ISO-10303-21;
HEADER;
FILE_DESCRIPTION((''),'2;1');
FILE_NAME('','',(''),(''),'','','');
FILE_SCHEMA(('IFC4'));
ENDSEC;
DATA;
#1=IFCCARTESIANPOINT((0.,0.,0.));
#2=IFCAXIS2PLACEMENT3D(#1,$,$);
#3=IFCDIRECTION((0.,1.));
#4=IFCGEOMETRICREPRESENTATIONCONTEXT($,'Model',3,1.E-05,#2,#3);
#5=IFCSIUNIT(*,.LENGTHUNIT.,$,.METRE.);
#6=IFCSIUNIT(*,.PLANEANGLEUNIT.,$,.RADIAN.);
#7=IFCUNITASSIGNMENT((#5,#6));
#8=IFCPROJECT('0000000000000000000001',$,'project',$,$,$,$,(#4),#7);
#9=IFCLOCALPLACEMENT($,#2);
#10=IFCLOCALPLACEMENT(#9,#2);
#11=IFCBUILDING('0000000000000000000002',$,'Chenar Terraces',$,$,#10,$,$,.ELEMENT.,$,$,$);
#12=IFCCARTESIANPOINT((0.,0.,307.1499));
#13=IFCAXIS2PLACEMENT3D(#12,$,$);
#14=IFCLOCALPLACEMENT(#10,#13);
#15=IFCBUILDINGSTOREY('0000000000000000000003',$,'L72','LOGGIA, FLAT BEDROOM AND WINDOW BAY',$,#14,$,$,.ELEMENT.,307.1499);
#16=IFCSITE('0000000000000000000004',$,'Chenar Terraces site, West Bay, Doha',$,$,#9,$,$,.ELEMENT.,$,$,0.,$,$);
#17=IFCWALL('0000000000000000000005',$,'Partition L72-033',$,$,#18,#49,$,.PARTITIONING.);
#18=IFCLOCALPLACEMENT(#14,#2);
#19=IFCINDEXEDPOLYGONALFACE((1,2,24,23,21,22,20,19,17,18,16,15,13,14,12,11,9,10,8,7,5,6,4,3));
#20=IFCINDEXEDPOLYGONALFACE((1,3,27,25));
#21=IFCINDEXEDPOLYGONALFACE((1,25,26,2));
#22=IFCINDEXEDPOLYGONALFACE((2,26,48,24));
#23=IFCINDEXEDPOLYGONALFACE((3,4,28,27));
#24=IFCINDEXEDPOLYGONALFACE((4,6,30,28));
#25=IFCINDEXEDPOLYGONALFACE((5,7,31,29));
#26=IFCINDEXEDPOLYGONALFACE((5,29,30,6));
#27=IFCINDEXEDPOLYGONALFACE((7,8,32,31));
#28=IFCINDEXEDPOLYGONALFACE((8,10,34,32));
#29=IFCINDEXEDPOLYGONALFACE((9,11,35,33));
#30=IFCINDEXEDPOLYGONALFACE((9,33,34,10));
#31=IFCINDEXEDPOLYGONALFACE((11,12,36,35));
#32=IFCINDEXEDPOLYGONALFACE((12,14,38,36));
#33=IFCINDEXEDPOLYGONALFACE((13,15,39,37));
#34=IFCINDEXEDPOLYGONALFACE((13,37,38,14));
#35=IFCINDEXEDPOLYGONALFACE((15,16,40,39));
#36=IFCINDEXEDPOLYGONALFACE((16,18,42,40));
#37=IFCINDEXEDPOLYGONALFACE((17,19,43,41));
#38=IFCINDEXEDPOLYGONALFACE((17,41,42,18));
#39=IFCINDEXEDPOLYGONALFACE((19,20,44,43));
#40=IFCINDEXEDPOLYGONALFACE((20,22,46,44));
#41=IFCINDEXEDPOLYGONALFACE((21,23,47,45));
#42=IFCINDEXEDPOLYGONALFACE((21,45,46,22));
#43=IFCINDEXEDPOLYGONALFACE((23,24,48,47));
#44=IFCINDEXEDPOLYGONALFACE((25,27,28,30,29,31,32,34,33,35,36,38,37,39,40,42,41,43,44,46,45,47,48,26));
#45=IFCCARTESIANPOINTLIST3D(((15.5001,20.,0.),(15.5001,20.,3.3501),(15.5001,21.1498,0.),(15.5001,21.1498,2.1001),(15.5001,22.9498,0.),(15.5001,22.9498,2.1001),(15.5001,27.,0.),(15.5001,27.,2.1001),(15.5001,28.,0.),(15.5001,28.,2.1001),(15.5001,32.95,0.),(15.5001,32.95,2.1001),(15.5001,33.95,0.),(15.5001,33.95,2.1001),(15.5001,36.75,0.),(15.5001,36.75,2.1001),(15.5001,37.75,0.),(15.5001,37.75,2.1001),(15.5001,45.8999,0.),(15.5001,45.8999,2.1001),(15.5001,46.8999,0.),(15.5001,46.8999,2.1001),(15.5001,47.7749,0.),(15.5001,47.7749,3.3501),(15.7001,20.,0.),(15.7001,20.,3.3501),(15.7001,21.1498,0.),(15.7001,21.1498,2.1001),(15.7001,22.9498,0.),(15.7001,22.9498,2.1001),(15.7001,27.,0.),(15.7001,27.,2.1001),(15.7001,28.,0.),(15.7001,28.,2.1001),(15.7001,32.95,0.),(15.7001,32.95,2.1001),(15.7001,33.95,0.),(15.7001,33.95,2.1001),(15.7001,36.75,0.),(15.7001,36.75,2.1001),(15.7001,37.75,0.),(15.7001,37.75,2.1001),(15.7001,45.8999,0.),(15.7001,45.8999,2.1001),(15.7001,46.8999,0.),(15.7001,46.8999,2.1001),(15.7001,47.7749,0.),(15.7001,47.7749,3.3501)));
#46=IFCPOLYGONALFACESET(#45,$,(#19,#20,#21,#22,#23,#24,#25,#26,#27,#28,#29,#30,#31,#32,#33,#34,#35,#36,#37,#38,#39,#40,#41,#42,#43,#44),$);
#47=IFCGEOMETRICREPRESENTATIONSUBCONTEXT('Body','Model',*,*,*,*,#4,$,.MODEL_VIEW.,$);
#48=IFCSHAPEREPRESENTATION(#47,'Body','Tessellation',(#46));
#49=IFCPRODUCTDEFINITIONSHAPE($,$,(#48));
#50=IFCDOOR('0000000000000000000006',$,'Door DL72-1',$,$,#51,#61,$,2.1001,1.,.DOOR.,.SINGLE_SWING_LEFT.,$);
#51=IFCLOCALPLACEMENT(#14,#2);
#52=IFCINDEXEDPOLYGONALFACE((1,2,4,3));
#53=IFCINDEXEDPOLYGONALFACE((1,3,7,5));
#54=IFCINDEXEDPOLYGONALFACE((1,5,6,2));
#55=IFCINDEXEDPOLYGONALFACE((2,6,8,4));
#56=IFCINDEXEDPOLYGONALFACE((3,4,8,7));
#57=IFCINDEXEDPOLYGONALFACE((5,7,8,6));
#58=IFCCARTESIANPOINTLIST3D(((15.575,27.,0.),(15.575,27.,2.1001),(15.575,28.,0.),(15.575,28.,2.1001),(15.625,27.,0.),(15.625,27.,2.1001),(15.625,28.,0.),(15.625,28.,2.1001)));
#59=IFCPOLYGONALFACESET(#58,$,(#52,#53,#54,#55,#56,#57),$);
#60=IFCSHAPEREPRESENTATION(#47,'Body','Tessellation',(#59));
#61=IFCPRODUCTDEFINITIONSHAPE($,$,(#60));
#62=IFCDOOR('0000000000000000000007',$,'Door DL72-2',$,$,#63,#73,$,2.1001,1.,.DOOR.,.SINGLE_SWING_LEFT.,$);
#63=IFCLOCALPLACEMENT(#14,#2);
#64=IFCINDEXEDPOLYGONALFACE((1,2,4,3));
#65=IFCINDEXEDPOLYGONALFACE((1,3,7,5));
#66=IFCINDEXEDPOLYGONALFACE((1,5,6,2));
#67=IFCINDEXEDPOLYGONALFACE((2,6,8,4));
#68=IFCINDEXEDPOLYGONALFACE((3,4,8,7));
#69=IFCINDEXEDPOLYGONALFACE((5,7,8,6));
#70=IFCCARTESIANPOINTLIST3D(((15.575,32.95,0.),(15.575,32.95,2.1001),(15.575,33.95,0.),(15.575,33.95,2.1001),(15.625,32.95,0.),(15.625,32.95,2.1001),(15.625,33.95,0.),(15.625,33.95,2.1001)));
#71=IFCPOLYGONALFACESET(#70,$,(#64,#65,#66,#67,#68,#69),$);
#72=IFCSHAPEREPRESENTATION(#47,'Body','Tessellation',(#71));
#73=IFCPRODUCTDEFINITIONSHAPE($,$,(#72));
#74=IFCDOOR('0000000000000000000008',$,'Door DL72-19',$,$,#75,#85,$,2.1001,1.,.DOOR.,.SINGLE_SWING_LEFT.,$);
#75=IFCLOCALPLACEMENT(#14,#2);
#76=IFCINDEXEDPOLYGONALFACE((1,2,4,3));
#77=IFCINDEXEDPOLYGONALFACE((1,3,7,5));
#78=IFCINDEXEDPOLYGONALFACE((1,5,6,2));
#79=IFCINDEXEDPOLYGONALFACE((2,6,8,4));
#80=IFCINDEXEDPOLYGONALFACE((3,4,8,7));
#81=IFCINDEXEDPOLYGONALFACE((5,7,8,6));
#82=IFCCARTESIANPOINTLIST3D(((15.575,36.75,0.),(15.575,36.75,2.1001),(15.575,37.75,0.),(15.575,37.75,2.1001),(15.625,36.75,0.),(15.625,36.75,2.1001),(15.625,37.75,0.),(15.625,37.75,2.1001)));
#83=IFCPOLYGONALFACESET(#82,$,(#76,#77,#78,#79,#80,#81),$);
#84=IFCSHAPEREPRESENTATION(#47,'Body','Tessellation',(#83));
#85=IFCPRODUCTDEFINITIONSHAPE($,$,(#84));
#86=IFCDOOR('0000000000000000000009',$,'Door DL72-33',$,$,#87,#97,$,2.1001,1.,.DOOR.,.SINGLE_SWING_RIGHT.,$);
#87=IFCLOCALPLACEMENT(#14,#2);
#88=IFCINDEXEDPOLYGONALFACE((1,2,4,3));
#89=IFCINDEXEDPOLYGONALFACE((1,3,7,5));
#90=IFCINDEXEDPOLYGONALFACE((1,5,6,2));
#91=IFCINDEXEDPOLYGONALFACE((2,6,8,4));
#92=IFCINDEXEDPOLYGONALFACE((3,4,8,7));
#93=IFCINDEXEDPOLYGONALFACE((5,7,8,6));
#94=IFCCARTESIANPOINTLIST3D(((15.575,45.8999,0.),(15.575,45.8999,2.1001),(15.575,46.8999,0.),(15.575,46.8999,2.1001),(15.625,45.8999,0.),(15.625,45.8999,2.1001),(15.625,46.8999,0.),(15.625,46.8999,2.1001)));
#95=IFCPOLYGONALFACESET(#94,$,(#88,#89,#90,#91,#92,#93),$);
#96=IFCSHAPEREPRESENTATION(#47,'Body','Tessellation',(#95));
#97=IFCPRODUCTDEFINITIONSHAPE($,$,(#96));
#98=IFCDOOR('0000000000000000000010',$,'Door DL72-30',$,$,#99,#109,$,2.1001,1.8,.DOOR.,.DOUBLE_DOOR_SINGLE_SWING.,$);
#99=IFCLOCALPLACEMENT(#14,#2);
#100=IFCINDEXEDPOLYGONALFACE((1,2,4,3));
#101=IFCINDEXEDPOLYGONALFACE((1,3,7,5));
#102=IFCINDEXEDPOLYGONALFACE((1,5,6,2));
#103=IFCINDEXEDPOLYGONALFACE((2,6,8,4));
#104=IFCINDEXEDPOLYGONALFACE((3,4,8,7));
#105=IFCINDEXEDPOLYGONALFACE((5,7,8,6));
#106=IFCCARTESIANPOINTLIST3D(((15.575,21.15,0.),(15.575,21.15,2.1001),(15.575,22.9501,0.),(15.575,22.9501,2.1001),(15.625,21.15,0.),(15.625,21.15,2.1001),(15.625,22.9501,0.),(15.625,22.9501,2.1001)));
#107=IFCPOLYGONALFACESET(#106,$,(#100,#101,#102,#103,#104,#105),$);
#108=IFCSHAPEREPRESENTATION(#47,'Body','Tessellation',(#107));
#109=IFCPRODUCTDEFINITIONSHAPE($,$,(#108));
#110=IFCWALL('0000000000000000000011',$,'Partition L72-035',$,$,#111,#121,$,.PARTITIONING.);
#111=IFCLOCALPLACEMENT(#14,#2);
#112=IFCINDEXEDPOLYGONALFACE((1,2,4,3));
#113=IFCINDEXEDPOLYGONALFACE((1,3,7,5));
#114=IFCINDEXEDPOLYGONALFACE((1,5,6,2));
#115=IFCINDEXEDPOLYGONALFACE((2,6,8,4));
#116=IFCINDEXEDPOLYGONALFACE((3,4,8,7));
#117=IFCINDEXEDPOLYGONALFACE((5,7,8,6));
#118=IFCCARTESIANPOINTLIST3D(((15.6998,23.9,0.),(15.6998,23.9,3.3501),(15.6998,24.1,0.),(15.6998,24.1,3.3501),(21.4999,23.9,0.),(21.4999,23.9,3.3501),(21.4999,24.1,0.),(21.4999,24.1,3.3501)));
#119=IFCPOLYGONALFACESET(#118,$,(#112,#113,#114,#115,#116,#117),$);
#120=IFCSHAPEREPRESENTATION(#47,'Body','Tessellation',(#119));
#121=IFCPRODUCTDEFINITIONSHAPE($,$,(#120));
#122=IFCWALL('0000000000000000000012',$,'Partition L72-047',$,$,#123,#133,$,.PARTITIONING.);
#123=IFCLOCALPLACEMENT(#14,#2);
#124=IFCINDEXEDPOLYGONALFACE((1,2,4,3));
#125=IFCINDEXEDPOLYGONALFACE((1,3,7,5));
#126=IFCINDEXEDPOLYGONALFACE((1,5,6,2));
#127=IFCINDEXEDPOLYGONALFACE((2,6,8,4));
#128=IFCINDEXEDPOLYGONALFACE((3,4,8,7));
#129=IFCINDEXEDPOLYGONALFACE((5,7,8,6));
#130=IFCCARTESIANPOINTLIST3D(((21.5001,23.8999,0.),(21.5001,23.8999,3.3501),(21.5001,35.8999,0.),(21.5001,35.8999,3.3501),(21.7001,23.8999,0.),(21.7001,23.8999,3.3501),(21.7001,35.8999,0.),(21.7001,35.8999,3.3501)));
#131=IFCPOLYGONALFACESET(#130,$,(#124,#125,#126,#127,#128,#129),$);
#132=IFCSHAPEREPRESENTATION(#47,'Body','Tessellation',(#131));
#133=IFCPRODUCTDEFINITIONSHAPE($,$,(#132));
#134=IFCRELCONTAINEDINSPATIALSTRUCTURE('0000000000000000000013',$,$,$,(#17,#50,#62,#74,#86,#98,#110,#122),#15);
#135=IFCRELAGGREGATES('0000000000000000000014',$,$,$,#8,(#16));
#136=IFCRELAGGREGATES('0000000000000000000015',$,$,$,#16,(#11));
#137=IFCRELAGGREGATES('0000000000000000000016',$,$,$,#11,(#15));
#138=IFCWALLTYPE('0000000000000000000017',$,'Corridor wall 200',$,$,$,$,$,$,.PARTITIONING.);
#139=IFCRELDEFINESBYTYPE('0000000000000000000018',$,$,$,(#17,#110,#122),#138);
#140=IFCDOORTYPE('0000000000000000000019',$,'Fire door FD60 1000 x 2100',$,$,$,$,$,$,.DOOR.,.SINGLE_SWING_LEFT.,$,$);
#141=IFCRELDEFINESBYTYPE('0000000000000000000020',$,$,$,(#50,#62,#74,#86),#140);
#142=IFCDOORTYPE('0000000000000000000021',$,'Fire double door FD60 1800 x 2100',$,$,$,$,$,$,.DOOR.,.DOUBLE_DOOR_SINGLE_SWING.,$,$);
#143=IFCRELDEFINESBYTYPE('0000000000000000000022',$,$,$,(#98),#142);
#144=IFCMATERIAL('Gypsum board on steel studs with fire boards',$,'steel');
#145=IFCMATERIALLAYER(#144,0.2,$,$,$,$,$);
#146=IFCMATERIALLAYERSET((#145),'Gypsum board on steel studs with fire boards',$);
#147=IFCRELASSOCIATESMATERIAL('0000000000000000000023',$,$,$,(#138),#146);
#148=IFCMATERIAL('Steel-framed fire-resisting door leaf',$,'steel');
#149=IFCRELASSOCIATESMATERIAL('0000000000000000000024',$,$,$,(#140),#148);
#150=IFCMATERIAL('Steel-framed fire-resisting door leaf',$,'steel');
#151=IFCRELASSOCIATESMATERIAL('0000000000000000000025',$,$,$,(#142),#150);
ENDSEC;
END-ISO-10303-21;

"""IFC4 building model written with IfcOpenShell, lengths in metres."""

from ifc_helpers import new_model, si_unit, direction, frame, frame_2d, origin, place, context, subcontext, project, spatial, rectangle, extrude, material, layer, layer_set, type_object, element, fill, save


model = new_model("IFC4")

# Units and contexts
model_context = context("Model", 3, precision=1e-05, world=origin(), true_north=direction((0.0, 1.0)))
body_context = subcontext(model_context, "Body", "Model", "MODEL_VIEW")
ifc_project = project(units=[si_unit("LENGTHUNIT", "METRE"), si_unit("PLANEANGLEUNIT", "RADIAN")], contexts=[model_context])

# Site, building, storey
site_placement = place(None, origin())
site = spatial("IfcSite", under=ifc_project, at=site_placement, Name="Chenar Terraces site, West Bay, Doha", CompositionType="ELEMENT", RefElevation=0.0)
building_placement = place(site_placement, origin())
building = spatial("IfcBuilding", under=site, at=building_placement, Name="Chenar Terraces", CompositionType="ELEMENT")
storey_placement = place(building_placement, frame((0.0, 0.0, 307.1499)))
storey = spatial("IfcBuildingStorey", under=building, at=storey_placement, Name="L72", Description="LOGGIA, FLAT BEDROOM AND WINDOW BAY", CompositionType="ELEMENT", Elevation=307.1499)

# Wall, openings, doors
ifc_material_1 = material(Name="Gypsum board on steel studs with fire boards", Category="steel")
ifc_layer_1 = layer(ifc_material_1, 0.2)
ifc_layer_set_1 = layer_set([ifc_layer_1], Name="Gypsum board on steel studs with fire boards")
wall_type_1 = type_object("IfcWallType", Name="Corridor wall 200", PredefinedType="PARTITIONING", material=ifc_layer_set_1)
wall_1_placement = place(storey_placement, frame((15.6001, 20.0, 0.0), z_axis=(0.0, 0.0, 1.0), x_axis=(0.0, 1.0, 0.0)))
wall_1 = element("IfcWall", 1, at=wall_1_placement, inside=storey, type_object=wall_type_1, Name="Partition L72-033", PredefinedType="PARTITIONING", context=body_context, shape_type="SweptSolid", body=[
    extrude(rectangle(XDim=27.7749, YDim=0.2, at=frame_2d((13.8875, 0.0))), origin(), (0.0, 0.0, 1.0), 3.3501),
])
opening_1_placement = place(wall_1_placement, frame((7.0, 0.0, 0.0)))
opening_1 = element("IfcOpeningElement", 2, at=opening_1_placement, cuts=wall_1, PredefinedType="OPENING", context=body_context, shape_type="SweptSolid", body=[
    extrude(rectangle(XDim=1.0, YDim=2.1001, at=frame_2d((0.5, 1.05))), frame((0.0, 0.1099, 0.0), z_axis=(0.0, -1.0, 0.0), x_axis=(1.0, 0.0, 0.0)), (0.0, 0.0, 1.0), 0.22),
])
opening_2_placement = place(wall_1_placement, frame((12.95, 0.0, 0.0)))
opening_2 = element("IfcOpeningElement", 3, at=opening_2_placement, cuts=wall_1, PredefinedType="OPENING", context=body_context, shape_type="SweptSolid", body=[
    extrude(rectangle(XDim=1.0, YDim=2.1001, at=frame_2d((0.5, 1.05))), frame((0.0, 0.1099, 0.0), z_axis=(0.0, -1.0, 0.0), x_axis=(1.0, 0.0, 0.0)), (0.0, 0.0, 1.0), 0.22),
])
opening_3_placement = place(wall_1_placement, frame((16.75, 0.0, 0.0)))
opening_3 = element("IfcOpeningElement", 4, at=opening_3_placement, cuts=wall_1, PredefinedType="OPENING", context=body_context, shape_type="SweptSolid", body=[
    extrude(rectangle(XDim=1.0, YDim=2.1001, at=frame_2d((0.5, 1.05))), frame((0.0, 0.1099, 0.0), z_axis=(0.0, -1.0, 0.0), x_axis=(1.0, 0.0, 0.0)), (0.0, 0.0, 1.0), 0.22),
])
opening_4_placement = place(wall_1_placement, frame((1.1499, 0.0, 0.0)))
opening_4 = element("IfcOpeningElement", 5, at=opening_4_placement, cuts=wall_1, PredefinedType="OPENING", context=body_context, shape_type="SweptSolid", body=[
    extrude(rectangle(XDim=1.8, YDim=2.1001, at=frame_2d((0.8999, 1.05))), frame((0.0, 0.1099, 0.0), z_axis=(0.0, -1.0, 0.0), x_axis=(1.0, 0.0, 0.0)), (0.0, 0.0, 1.0), 0.22),
])
opening_5_placement = place(wall_1_placement, frame((25.8999, 0.0, 0.0)))
opening_5 = element("IfcOpeningElement", 6, at=opening_5_placement, cuts=wall_1, PredefinedType="OPENING", context=body_context, shape_type="SweptSolid", body=[
    extrude(rectangle(XDim=1.0, YDim=2.1001, at=frame_2d((0.5, 1.05))), frame((0.0, 0.1099, 0.0), z_axis=(0.0, -1.0, 0.0), x_axis=(1.0, 0.0, 0.0)), (0.0, 0.0, 1.0), 0.22),
])
ifc_material_2 = material(Name="Steel-framed fire-resisting door leaf", Category="steel")
door_type_1 = type_object("IfcDoorType", Name="Fire door FD60 1000 x 2100", OperationType="SINGLE_SWING_LEFT", PredefinedType="DOOR", material=ifc_material_2)
door_1_placement = place(opening_1_placement, frame((1.0, 0.0, 0.0), z_axis=(0.0, 0.0, 1.0), x_axis=(-1.0, 0.0, 0.0)))
door_1 = element("IfcDoor", 7, at=door_1_placement, inside=storey, type_object=door_type_1, Name="Door DL72-1", OperationType="SINGLE_SWING_LEFT", OverallHeight=2.1001, OverallWidth=1.0, PredefinedType="DOOR", context=body_context, shape_type="SweptSolid", body=[
    extrude(rectangle(XDim=1.0, YDim=2.1001, at=frame_2d((0.5, 1.05))), frame((0.0, 0.0249, 0.0), z_axis=(0.0, -1.0, 0.0), x_axis=(1.0, 0.0, 0.0)), (0.0, 0.0, 1.0), 0.05),
])
fill(opening_1, door_1)
door_2_placement = place(opening_2_placement, frame((1.0, 0.0, 0.0), z_axis=(0.0, 0.0, 1.0), x_axis=(-1.0, 0.0, 0.0)))
door_2 = element("IfcDoor", 8, at=door_2_placement, inside=storey, type_object=door_type_1, Name="Door DL72-2", OperationType="SINGLE_SWING_LEFT", OverallHeight=2.1001, OverallWidth=1.0, PredefinedType="DOOR", context=body_context, shape_type="SweptSolid", body=[
    extrude(rectangle(XDim=1.0, YDim=2.1001, at=frame_2d((0.5, 1.05))), frame((0.0, 0.0249, 0.0), z_axis=(0.0, -1.0, 0.0), x_axis=(1.0, 0.0, 0.0)), (0.0, 0.0, 1.0), 0.05),
])
fill(opening_2, door_2)
door_3_placement = place(opening_3_placement, frame((1.0, 0.0, 0.0), z_axis=(0.0, 0.0, 1.0), x_axis=(-1.0, 0.0, 0.0)))
door_3 = element("IfcDoor", 9, at=door_3_placement, inside=storey, type_object=door_type_1, Name="Door DL72-19", OperationType="SINGLE_SWING_LEFT", OverallHeight=2.1001, OverallWidth=1.0, PredefinedType="DOOR", context=body_context, shape_type="SweptSolid", body=[
    extrude(rectangle(XDim=1.0, YDim=2.1001, at=frame_2d((0.5, 1.05))), frame((0.0, 0.0249, 0.0), z_axis=(0.0, -1.0, 0.0), x_axis=(1.0, 0.0, 0.0)), (0.0, 0.0, 1.0), 0.05),
])
fill(opening_3, door_3)
door_4_placement = place(opening_5_placement, frame((1.0, 0.0, 0.0), z_axis=(0.0, 0.0, 1.0), x_axis=(-1.0, 0.0, 0.0)))
door_4 = element("IfcDoor", 10, at=door_4_placement, inside=storey, type_object=door_type_1, Name="Door DL72-33", OperationType="SINGLE_SWING_RIGHT", OverallHeight=2.1001, OverallWidth=1.0, PredefinedType="DOOR", context=body_context, shape_type="SweptSolid", body=[
    extrude(rectangle(XDim=1.0, YDim=2.1001, at=frame_2d((0.5, 1.05))), frame((0.0, 0.0249, 0.0), z_axis=(0.0, -1.0, 0.0), x_axis=(1.0, 0.0, 0.0)), (0.0, 0.0, 1.0), 0.05),
])
fill(opening_5, door_4)
ifc_material_3 = material(Name="Steel-framed fire-resisting door leaf", Category="steel")
door_type_2 = type_object("IfcDoorType", Name="Fire double door FD60 1800 x 2100", OperationType="DOUBLE_DOOR_SINGLE_SWING", PredefinedType="DOOR", material=ifc_material_3)
door_5_placement = place(opening_4_placement, frame((1.8, 0.0, 0.0), z_axis=(0.0, 0.0, 1.0), x_axis=(-1.0, 0.0, 0.0)))
door_5 = element("IfcDoor", 11, at=door_5_placement, inside=storey, type_object=door_type_2, Name="Door DL72-30", OperationType="DOUBLE_DOOR_SINGLE_SWING", OverallHeight=2.1001, OverallWidth=1.8, PredefinedType="DOOR", context=body_context, shape_type="SweptSolid", body=[
    extrude(rectangle(XDim=1.8, YDim=2.1001, at=frame_2d((0.8999, 1.05))), frame((0.0, 0.0249, 0.0), z_axis=(0.0, -1.0, 0.0), x_axis=(1.0, 0.0, 0.0)), (0.0, 0.0, 1.0), 0.05),
])
fill(opening_4, door_5)

# Walls
wall_2_placement = place(storey_placement, frame((15.7, 24.0, 0.0), z_axis=(0.0, 0.0, 1.0), x_axis=(1.0, 0.0, 0.0)))
element("IfcWall", 12, at=wall_2_placement, inside=storey, type_object=wall_type_1, Name="Partition L72-035", PredefinedType="PARTITIONING", context=body_context, shape_type="SweptSolid", body=[
    extrude(rectangle(XDim=5.8, YDim=0.2, at=frame_2d((2.8999, 0.0))), origin(), (0.0, 0.0, 1.0), 3.3501),
])
wall_3_placement = place(storey_placement, frame((21.6001, 23.8999, 0.0), z_axis=(0.0, 0.0, 1.0), x_axis=(0.0, 1.0, 0.0)))
element("IfcWall", 13, at=wall_3_placement, inside=storey, type_object=wall_type_1, Name="Partition L72-047", PredefinedType="PARTITIONING", context=body_context, shape_type="SweptSolid", body=[
    extrude(rectangle(XDim=12.0, YDim=0.2, at=frame_2d((6.0, 0.0))), origin(), (0.0, 0.0, 1.0), 3.3501),
])

save(model, "model.ifc")
